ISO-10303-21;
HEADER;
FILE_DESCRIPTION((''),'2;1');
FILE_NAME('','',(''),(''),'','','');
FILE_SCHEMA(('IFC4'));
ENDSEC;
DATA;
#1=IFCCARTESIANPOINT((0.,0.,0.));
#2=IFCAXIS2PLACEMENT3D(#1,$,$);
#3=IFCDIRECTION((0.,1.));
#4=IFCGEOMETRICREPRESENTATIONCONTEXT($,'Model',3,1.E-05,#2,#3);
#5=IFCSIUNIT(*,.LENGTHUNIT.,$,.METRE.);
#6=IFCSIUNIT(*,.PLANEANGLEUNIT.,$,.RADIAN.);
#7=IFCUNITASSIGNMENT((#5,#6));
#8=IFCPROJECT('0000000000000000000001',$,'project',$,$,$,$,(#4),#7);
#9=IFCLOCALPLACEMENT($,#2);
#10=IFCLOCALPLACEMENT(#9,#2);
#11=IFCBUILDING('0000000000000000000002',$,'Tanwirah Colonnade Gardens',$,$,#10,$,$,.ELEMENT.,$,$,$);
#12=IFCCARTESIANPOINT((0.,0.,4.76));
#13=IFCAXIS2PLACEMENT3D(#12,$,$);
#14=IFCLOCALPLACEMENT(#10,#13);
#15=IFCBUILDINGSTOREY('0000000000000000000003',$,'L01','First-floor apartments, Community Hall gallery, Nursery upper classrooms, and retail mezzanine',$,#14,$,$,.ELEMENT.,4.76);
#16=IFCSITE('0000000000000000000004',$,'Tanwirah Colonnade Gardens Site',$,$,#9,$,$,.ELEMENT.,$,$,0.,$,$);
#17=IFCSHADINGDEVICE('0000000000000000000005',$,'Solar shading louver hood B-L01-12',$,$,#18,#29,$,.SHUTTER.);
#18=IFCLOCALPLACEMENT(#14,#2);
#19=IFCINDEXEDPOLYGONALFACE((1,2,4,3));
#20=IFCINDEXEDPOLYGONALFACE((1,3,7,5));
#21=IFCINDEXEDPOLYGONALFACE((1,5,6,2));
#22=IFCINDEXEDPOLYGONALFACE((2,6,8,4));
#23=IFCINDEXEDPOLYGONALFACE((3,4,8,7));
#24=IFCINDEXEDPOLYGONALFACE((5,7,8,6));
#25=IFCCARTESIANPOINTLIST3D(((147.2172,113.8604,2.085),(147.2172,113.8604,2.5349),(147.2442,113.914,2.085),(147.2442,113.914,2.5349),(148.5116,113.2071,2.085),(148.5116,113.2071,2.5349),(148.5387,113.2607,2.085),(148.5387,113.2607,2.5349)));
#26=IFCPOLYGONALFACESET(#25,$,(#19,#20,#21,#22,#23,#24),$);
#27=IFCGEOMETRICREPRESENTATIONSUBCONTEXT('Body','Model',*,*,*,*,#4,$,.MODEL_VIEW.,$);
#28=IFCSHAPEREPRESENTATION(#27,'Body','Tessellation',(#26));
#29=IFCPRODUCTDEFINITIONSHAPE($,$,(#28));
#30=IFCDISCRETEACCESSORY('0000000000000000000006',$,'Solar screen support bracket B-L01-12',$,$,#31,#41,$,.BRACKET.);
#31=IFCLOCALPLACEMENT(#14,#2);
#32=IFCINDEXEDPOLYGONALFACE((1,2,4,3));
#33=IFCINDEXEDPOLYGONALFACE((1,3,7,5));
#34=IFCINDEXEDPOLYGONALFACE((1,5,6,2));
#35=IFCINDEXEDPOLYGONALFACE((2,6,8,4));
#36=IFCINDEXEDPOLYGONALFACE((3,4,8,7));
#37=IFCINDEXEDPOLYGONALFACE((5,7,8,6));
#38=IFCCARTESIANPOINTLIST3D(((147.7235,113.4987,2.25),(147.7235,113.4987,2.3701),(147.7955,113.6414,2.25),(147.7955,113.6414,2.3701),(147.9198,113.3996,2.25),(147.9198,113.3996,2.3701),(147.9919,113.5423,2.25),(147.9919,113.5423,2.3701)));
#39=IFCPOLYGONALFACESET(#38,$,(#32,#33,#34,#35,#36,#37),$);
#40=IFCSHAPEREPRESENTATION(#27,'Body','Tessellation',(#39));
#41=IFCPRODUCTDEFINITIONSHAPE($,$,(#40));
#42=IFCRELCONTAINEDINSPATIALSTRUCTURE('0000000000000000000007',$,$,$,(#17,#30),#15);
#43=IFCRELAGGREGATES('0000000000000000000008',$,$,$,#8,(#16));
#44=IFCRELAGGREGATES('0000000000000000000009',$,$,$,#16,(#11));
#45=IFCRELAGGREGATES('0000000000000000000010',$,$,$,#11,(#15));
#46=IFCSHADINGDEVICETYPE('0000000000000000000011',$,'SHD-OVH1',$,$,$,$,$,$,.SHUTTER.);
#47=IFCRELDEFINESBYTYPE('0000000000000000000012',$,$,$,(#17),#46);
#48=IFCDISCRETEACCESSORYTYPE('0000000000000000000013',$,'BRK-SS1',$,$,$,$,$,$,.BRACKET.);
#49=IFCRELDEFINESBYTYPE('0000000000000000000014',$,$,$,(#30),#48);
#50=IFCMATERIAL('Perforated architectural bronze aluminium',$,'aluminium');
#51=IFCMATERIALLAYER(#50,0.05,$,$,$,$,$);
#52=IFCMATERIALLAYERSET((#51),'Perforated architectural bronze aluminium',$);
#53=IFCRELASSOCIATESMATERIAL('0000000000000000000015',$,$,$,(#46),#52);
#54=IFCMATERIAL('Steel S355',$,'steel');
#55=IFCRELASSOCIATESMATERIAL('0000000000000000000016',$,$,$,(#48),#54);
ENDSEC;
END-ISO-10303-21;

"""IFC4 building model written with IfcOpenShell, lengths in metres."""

from ifc_helpers import new_model, si_unit, direction, frame, origin, origin_2d, place, context, subcontext, project, spatial, rectangle, extrude, material, layer, layer_set, type_object, element, save


model = new_model("IFC4")

# Units and contexts
model_context = context("Model", 3, precision=1e-05, world=origin(), true_north=direction((0.0, 1.0)))
body_context = subcontext(model_context, "Body", "Model", "MODEL_VIEW")
ifc_project = project(units=[si_unit("LENGTHUNIT", "METRE"), si_unit("PLANEANGLEUNIT", "RADIAN")], contexts=[model_context])

# Site, building, storey
site_placement = place(None, origin())
site = spatial("IfcSite", under=ifc_project, at=site_placement, Name="Tanwirah Colonnade Gardens Site", CompositionType="ELEMENT", RefElevation=0.0)
building_placement = place(site_placement, origin())
building = spatial("IfcBuilding", under=site, at=building_placement, Name="Tanwirah Colonnade Gardens", CompositionType="ELEMENT")
storey_placement = place(building_placement, frame((0.0, 0.0, 4.76)))
storey = spatial("IfcBuildingStorey", under=building, at=storey_placement, Name="L01", Description="First-floor apartments, Community Hall gallery, Nursery upper classrooms, and retail mezzanine", CompositionType="ELEMENT", Elevation=4.76)

# Shading device
ifc_material_1 = material(Name="Perforated architectural bronze aluminium", Category="aluminium")
ifc_layer_1 = layer(ifc_material_1, 0.05)
ifc_layer_set_1 = layer_set([ifc_layer_1], Name="Perforated architectural bronze aluminium")
shading_device_type = type_object("IfcShadingDeviceType", Name="SHD-OVH1", PredefinedType="SHUTTER", material=ifc_layer_set_1)
shading_device_placement = place(storey_placement, frame((147.8779, 113.5605, 2.085), z_axis=(0.0, 0.0, 1.0), x_axis=(-0.892761, 0.450531, 0.0)))
element("IfcShadingDevice", 1, at=shading_device_placement, inside=storey, type_object=shading_device_type, Name="Solar shading louver hood B-L01-12", PredefinedType="SHUTTER", context=body_context, shape_type="SweptSolid", body=[
    extrude(rectangle(XDim=1.45, YDim=0.0601, at=origin_2d()), origin(), (0.0, 0.0, 1.0), 0.45),
])

# Discrete accessory
ifc_material_2 = material(Name="Steel S355", Category="steel")
discrete_accessory_type = type_object("IfcDiscreteAccessoryType", Name="BRK-SS1", PredefinedType="BRACKET", material=ifc_material_2)
discrete_accessory_placement = place(storey_placement, frame((147.8577, 113.5205, 2.25), z_axis=(0.0, 0.0, 1.0), x_axis=(-0.892761, 0.450531, 0.0)))
element("IfcDiscreteAccessory", 2, at=discrete_accessory_placement, inside=storey, type_object=discrete_accessory_type, Name="Solar screen support bracket B-L01-12", PredefinedType="BRACKET", context=body_context, shape_type="SweptSolid", body=[
    extrude(rectangle(XDim=0.22, YDim=0.1599, at=origin_2d()), origin(), (0.0, 0.0, 1.0), 0.1201),
])

save(model, "model.ifc")
